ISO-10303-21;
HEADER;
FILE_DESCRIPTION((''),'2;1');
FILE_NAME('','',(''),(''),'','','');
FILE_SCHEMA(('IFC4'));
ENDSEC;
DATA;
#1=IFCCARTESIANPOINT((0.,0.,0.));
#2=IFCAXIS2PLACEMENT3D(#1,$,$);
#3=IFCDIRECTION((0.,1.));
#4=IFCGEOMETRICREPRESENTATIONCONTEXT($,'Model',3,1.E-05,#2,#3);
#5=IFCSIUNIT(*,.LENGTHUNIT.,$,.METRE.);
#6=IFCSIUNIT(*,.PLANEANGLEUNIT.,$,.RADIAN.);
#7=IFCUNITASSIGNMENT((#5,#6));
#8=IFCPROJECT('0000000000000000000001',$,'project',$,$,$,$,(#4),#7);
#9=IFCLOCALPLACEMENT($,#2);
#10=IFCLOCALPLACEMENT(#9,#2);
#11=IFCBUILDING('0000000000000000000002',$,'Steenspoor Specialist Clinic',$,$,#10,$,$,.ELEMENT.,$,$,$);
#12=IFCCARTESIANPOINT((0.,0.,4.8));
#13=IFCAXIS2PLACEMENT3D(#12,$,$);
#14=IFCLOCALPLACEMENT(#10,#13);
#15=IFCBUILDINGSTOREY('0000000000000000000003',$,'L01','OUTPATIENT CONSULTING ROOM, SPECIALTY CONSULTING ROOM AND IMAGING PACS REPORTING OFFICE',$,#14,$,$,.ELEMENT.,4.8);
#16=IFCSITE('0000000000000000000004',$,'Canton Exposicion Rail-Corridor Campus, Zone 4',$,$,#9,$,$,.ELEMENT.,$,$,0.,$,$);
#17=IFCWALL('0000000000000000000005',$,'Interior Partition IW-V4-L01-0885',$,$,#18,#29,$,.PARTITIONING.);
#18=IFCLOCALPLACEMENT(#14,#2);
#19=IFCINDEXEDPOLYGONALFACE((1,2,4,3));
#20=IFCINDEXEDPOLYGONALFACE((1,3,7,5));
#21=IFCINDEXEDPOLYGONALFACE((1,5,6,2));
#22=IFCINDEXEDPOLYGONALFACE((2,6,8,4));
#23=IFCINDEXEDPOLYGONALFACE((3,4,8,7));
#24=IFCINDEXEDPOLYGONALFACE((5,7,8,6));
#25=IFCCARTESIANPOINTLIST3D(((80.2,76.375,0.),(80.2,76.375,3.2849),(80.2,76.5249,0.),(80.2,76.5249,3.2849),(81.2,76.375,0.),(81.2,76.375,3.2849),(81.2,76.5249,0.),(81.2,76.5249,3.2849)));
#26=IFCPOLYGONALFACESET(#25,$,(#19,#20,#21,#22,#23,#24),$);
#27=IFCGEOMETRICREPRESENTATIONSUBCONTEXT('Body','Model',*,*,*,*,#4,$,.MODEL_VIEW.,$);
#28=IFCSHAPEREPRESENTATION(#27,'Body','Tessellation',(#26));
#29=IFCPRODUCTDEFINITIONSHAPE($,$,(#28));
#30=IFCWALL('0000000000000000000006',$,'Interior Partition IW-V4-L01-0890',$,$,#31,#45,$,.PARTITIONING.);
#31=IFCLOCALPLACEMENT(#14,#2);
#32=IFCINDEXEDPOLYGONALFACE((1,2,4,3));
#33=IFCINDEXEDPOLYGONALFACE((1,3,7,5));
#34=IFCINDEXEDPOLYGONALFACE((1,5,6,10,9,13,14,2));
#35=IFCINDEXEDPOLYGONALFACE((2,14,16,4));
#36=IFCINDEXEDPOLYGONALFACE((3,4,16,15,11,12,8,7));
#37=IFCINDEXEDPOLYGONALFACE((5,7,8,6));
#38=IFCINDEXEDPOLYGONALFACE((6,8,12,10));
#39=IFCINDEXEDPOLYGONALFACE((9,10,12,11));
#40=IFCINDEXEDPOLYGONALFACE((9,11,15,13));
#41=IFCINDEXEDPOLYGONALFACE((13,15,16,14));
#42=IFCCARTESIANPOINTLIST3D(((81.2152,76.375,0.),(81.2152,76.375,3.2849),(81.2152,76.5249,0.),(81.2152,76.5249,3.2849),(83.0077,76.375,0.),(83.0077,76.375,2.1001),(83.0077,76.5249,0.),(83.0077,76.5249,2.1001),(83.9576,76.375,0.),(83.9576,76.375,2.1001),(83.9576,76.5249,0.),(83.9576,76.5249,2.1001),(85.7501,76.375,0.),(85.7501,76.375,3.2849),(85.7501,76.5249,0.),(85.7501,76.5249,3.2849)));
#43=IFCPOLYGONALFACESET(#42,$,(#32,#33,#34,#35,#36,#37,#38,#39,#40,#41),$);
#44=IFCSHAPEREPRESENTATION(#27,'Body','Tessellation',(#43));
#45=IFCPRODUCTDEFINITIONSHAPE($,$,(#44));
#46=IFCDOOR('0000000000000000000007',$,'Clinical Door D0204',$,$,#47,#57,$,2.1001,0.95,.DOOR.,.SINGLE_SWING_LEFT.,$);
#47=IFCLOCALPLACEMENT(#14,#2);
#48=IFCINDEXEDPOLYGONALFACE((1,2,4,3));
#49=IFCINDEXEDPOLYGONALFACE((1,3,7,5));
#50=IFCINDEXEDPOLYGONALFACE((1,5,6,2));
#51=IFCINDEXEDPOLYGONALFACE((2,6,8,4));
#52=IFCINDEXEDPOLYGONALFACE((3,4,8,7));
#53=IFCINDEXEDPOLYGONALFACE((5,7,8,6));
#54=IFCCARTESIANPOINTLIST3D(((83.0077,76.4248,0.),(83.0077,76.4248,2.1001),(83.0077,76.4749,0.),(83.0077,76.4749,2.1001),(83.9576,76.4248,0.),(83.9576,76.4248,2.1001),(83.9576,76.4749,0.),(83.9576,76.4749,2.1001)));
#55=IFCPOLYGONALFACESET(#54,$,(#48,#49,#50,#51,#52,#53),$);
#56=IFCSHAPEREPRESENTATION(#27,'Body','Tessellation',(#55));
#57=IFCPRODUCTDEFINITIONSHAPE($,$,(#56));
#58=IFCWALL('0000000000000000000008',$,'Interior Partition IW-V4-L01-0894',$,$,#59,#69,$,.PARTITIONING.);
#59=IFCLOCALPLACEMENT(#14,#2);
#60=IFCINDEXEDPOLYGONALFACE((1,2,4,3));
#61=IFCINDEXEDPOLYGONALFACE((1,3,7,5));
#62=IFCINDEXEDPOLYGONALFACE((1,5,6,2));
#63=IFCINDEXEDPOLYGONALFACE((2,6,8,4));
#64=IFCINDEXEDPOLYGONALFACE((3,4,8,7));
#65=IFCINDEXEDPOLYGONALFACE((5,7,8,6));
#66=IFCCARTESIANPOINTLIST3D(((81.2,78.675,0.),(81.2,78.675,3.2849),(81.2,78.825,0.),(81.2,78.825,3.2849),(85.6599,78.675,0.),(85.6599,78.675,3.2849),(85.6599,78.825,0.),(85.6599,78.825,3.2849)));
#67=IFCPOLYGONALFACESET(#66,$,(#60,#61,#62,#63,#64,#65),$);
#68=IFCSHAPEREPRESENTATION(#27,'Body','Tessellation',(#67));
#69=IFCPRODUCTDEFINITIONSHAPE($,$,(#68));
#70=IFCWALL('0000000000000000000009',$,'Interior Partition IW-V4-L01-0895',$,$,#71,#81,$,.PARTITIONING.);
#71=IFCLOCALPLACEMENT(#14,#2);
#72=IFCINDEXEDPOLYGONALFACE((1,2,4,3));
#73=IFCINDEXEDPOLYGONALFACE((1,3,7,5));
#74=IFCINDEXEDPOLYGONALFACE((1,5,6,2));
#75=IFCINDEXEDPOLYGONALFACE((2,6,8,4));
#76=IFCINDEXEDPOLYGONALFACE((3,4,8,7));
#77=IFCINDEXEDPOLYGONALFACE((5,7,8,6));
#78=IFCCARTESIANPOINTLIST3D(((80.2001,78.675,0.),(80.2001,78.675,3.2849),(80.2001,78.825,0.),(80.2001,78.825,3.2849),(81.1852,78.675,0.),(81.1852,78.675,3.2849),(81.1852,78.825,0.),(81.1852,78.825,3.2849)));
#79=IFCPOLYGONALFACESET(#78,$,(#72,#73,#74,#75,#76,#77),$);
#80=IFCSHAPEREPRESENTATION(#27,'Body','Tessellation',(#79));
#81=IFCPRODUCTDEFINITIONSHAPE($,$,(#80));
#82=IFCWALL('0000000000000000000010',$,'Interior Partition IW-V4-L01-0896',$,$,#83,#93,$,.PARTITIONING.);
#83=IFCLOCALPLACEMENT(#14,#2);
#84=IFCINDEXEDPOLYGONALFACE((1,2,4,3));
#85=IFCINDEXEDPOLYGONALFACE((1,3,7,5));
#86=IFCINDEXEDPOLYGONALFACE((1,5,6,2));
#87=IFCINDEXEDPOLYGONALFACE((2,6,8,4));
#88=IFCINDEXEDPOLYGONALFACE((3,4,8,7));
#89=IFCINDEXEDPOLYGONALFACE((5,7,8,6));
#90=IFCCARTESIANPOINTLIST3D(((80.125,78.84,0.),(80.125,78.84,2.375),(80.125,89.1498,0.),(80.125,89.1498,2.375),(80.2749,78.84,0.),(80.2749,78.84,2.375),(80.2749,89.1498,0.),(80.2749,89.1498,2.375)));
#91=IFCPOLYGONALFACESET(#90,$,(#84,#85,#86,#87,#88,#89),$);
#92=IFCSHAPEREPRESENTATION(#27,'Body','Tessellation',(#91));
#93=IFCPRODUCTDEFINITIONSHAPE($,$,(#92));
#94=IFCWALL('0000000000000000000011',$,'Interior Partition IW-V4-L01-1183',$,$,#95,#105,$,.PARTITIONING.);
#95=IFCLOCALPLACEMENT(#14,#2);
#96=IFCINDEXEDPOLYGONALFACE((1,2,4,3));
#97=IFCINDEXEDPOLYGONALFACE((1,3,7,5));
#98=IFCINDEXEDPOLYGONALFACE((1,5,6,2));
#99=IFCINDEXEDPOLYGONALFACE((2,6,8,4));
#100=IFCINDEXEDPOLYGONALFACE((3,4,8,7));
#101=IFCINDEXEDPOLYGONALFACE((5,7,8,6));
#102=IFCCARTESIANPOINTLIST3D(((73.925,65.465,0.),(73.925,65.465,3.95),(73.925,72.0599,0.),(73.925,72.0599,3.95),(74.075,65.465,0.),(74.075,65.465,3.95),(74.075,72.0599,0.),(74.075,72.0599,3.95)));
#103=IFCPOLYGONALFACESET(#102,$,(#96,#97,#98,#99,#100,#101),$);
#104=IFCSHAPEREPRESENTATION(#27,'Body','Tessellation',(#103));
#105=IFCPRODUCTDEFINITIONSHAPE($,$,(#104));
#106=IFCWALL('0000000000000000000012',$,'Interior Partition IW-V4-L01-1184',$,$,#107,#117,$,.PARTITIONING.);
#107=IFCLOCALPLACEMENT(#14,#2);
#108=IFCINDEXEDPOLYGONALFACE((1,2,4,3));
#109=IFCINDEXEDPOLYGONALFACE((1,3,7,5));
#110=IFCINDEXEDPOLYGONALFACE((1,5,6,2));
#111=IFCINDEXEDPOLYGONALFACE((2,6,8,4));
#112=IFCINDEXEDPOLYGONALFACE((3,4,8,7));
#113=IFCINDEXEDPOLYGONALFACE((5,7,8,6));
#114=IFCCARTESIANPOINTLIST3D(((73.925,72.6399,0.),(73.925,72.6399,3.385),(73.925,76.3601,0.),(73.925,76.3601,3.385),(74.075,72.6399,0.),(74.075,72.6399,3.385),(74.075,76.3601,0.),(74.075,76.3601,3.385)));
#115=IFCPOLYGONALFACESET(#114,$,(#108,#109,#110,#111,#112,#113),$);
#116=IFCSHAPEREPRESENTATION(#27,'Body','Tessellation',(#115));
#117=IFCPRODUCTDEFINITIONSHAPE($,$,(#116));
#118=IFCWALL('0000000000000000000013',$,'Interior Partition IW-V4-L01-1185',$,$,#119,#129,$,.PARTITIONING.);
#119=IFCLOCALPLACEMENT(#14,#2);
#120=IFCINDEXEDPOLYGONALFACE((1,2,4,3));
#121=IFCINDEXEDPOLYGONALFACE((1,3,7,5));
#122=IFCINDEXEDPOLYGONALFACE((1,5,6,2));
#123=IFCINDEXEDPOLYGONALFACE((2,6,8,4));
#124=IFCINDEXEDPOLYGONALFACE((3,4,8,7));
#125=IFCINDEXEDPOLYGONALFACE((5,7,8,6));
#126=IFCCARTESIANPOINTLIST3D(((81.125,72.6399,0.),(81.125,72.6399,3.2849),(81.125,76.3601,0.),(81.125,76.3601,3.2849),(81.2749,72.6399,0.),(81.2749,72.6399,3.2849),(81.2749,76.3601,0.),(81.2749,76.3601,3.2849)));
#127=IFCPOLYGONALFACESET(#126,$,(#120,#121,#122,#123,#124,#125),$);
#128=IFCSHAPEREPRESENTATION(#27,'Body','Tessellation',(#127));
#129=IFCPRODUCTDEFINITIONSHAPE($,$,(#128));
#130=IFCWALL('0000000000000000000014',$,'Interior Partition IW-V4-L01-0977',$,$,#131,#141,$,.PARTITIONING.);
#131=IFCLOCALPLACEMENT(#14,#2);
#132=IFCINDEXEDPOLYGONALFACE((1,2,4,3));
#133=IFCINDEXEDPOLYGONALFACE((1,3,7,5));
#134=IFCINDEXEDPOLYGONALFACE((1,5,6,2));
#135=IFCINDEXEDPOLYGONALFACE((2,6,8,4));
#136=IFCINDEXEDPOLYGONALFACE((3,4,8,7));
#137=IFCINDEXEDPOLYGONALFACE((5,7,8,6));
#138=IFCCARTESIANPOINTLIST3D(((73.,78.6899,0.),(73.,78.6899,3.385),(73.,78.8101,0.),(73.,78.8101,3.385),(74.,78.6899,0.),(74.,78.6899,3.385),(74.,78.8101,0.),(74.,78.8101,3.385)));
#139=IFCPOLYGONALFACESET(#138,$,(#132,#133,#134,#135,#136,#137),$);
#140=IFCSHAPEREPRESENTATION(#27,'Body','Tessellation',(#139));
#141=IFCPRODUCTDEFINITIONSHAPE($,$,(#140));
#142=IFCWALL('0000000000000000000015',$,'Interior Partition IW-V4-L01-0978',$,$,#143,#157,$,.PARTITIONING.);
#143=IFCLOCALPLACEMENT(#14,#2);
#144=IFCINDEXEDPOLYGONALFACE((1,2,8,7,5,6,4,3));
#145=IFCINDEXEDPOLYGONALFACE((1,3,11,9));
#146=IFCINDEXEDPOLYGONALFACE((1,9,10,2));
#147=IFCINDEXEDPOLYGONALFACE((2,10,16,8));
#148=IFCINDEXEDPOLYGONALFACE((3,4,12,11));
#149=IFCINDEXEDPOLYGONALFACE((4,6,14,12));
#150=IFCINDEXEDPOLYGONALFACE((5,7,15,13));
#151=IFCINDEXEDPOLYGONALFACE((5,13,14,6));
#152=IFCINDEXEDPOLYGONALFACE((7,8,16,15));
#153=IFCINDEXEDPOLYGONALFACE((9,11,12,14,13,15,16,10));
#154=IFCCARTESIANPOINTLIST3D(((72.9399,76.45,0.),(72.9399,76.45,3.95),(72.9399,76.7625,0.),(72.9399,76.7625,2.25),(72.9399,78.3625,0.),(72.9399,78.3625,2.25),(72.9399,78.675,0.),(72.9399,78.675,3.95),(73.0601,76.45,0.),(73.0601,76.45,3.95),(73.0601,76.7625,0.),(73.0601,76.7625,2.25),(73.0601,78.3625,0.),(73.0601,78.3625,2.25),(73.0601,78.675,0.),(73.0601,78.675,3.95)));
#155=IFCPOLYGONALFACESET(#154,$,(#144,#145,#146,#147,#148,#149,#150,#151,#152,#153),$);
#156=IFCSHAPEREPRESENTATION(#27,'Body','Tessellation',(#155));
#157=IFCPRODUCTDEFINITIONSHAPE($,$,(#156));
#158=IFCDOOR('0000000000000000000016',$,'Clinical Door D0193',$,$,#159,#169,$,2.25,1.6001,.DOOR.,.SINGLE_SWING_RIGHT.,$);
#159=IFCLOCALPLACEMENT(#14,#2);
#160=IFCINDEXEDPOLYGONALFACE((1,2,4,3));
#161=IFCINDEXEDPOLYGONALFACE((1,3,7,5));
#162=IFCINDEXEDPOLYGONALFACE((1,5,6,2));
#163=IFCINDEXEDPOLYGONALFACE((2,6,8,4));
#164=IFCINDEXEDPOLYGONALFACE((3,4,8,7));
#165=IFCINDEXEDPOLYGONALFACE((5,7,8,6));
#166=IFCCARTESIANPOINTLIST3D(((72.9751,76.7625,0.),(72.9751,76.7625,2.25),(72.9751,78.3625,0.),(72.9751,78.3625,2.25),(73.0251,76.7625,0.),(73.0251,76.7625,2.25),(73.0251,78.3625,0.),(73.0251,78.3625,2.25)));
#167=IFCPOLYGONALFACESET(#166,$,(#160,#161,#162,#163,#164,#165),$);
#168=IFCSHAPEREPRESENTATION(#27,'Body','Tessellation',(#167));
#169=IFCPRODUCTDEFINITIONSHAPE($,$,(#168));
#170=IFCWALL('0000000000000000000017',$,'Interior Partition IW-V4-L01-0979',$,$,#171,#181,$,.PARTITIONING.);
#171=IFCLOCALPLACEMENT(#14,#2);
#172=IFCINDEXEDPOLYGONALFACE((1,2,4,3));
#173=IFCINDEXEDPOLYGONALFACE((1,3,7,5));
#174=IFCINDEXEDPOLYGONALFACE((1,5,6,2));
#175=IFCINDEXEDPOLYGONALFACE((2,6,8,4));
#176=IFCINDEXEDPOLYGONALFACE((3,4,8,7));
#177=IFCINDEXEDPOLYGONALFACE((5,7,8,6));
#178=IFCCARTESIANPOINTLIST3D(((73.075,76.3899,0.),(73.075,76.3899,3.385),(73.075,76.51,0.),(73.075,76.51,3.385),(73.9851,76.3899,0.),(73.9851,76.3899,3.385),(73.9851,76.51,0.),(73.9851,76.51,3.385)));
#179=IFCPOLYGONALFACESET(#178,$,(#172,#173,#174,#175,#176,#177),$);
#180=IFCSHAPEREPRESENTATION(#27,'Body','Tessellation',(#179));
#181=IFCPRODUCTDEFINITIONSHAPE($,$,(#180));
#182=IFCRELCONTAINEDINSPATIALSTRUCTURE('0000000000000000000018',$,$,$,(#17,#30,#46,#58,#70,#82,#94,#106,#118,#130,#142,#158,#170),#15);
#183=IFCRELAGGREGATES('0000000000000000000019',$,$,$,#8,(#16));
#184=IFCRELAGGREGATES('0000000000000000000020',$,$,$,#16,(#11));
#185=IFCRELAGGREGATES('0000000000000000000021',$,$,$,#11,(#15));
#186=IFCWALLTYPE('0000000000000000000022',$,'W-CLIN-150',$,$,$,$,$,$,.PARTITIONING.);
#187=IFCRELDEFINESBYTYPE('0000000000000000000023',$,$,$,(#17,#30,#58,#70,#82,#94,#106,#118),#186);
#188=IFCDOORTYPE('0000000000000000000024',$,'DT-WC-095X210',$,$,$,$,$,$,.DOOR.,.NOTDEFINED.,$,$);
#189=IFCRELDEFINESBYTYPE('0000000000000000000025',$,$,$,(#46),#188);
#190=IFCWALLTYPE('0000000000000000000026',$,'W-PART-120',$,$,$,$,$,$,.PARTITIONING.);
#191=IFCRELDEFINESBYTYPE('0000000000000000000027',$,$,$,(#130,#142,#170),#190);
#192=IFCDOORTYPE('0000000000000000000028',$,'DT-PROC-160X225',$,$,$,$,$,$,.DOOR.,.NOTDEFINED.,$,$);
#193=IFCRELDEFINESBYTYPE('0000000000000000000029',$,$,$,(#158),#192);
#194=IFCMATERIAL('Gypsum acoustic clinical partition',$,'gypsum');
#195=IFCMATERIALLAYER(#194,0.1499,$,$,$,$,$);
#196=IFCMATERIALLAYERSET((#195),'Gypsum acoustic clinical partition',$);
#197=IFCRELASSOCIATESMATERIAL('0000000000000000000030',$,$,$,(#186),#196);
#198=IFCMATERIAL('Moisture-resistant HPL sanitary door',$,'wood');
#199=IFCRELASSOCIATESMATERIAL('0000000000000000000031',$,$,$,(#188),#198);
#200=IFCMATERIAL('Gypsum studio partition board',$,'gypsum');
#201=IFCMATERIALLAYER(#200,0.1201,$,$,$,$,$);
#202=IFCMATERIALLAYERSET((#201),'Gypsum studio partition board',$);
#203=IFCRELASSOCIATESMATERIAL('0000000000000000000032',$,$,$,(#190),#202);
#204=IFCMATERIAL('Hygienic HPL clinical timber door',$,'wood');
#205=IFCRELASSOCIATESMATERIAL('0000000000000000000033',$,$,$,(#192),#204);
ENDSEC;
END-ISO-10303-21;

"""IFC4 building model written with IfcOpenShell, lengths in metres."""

from ifc_helpers import new_model, si_unit, direction, frame, frame_2d, origin, place, context, subcontext, project, spatial, rectangle, extrude, material, layer, layer_set, type_object, element, fill, save


model = new_model("IFC4")

# Units and contexts
model_context = context("Model", 3, precision=1e-05, world=origin(), true_north=direction((0.0, 1.0)))
body_context = subcontext(model_context, "Body", "Model", "MODEL_VIEW")
ifc_project = project(units=[si_unit("LENGTHUNIT", "METRE"), si_unit("PLANEANGLEUNIT", "RADIAN")], contexts=[model_context])

# Site, building, storey
site_placement = place(None, origin())
site = spatial("IfcSite", under=ifc_project, at=site_placement, Name="Canton Exposicion Rail-Corridor Campus, Zone 4", CompositionType="ELEMENT", RefElevation=0.0)
building_placement = place(site_placement, origin())
building = spatial("IfcBuilding", under=site, at=building_placement, Name="Steenspoor Specialist Clinic", CompositionType="ELEMENT")
storey_placement = place(building_placement, frame((0.0, 0.0, 4.8)))
storey = spatial("IfcBuildingStorey", under=building, at=storey_placement, Name="L01", Description="OUTPATIENT CONSULTING ROOM, SPECIALTY CONSULTING ROOM AND IMAGING PACS REPORTING OFFICE", CompositionType="ELEMENT", Elevation=4.8)

# Shared definitions
ifc_material_1 = material(Name="Gypsum acoustic clinical partition", Category="gypsum")
ifc_layer_1 = layer(ifc_material_1, 0.1499)
ifc_layer_set_1 = layer_set([ifc_layer_1], Name="Gypsum acoustic clinical partition")
wall_type_1 = type_object("IfcWallType", Name="W-CLIN-150", PredefinedType="PARTITIONING", material=ifc_layer_set_1)
ifc_material_2 = material(Name="Hygienic HPL clinical timber door", Category="wood")

# Wall
wall_1_placement = place(storey_placement, frame((80.2, 76.45, 0.0), z_axis=(0.0, 0.0, 1.0), x_axis=(1.0, 0.0, 0.0)))
element("IfcWall", 1, at=wall_1_placement, inside=storey, type_object=wall_type_1, Name="Interior Partition IW-V4-L01-0885", PredefinedType="PARTITIONING", context=body_context, shape_type="SweptSolid", body=[
    extrude(rectangle(XDim=1.0, YDim=0.1499, at=frame_2d((0.5, 0.0))), origin(), (0.0, 0.0, 1.0), 3.2849),
])

# Wall, opening, door
wall_2_placement = place(storey_placement, frame((81.2151, 76.45, 0.0), z_axis=(0.0, 0.0, 1.0), x_axis=(1.0, 0.0, 0.0)))
wall_2 = element("IfcWall", 2, at=wall_2_placement, inside=storey, type_object=wall_type_1, Name="Interior Partition IW-V4-L01-0890", PredefinedType="PARTITIONING", context=body_context, shape_type="SweptSolid", body=[
    extrude(rectangle(XDim=4.5349, YDim=0.1499, at=frame_2d((2.2676, 0.0))), origin(), (0.0, 0.0, 1.0), 3.2849),
])
opening_1_placement = place(wall_2_placement, frame((1.7925, 0.0, 0.0)))
opening_1 = element("IfcOpeningElement", 3, at=opening_1_placement, cuts=wall_2, PredefinedType="OPENING", context=body_context, shape_type="SweptSolid", body=[
    extrude(rectangle(XDim=0.95, YDim=2.1001, at=frame_2d((0.4751, 1.05))), frame((0.0, 0.085, 0.0), z_axis=(0.0, -1.0, 0.0), x_axis=(1.0, 0.0, 0.0)), (0.0, 0.0, 1.0), 0.1699),
])
ifc_material_3 = material(Name="Moisture-resistant HPL sanitary door", Category="wood")
door_type_1 = type_object("IfcDoorType", Name="DT-WC-095X210", OperationType="NOTDEFINED", PredefinedType="DOOR", material=ifc_material_3)
door_1_placement = place(opening_1_placement, origin())
door_1 = element("IfcDoor", 4, at=door_1_placement, inside=storey, type_object=door_type_1, Name="Clinical Door D0204", OperationType="SINGLE_SWING_LEFT", OverallHeight=2.1001, OverallWidth=0.95, PredefinedType="DOOR", context=body_context, shape_type="SweptSolid", body=[
    extrude(rectangle(XDim=0.95, YDim=2.1001, at=frame_2d((0.4751, 1.05))), frame((0.0, 0.0249, 0.0), z_axis=(0.0, -1.0, 0.0), x_axis=(1.0, 0.0, 0.0)), (0.0, 0.0, 1.0), 0.05),
])
fill(opening_1, door_1)

# Walls
wall_3_placement = place(storey_placement, frame((81.2, 78.75, 0.0), z_axis=(0.0, 0.0, 1.0), x_axis=(1.0, 0.0, 0.0)))
element("IfcWall", 5, at=wall_3_placement, inside=storey, type_object=wall_type_1, Name="Interior Partition IW-V4-L01-0894", PredefinedType="PARTITIONING", context=body_context, shape_type="SweptSolid", body=[
    extrude(rectangle(XDim=4.46, YDim=0.1499, at=frame_2d((2.23, 0.0))), origin(), (0.0, 0.0, 1.0), 3.2849),
])
wall_4_placement = place(storey_placement, frame((80.2, 78.75, 0.0), z_axis=(0.0, 0.0, 1.0), x_axis=(1.0, 0.0, 0.0)))
element("IfcWall", 6, at=wall_4_placement, inside=storey, type_object=wall_type_1, Name="Interior Partition IW-V4-L01-0895", PredefinedType="PARTITIONING", context=body_context, shape_type="SweptSolid", body=[
    extrude(rectangle(XDim=0.9851, YDim=0.1499, at=frame_2d((0.4927, 0.0))), origin(), (0.0, 0.0, 1.0), 3.2849),
])
wall_5_placement = place(storey_placement, frame((80.2, 78.8401, 0.0), z_axis=(0.0, 0.0, 1.0), x_axis=(0.0, 1.0, 0.0)))
element("IfcWall", 7, at=wall_5_placement, inside=storey, type_object=wall_type_1, Name="Interior Partition IW-V4-L01-0896", PredefinedType="PARTITIONING", context=body_context, shape_type="SweptSolid", body=[
    extrude(rectangle(XDim=10.3098, YDim=0.1499, at=frame_2d((5.1548, 0.0))), origin(), (0.0, 0.0, 1.0), 2.375),
])
wall_6_placement = place(storey_placement, frame((74.0, 65.4651, 0.0), z_axis=(0.0, 0.0, 1.0), x_axis=(0.0, 1.0, 0.0)))
element("IfcWall", 8, at=wall_6_placement, inside=storey, type_object=wall_type_1, Name="Interior Partition IW-V4-L01-1183", PredefinedType="PARTITIONING", context=body_context, shape_type="SweptSolid", body=[
    extrude(rectangle(XDim=6.595, YDim=0.1499, at=frame_2d((3.2974, 0.0))), origin(), (0.0, 0.0, 1.0), 3.95),
])
wall_7_placement = place(storey_placement, frame((74.0, 72.6399, 0.0), z_axis=(0.0, 0.0, 1.0), x_axis=(0.0, 1.0, 0.0)))
element("IfcWall", 9, at=wall_7_placement, inside=storey, type_object=wall_type_1, Name="Interior Partition IW-V4-L01-1184", PredefinedType="PARTITIONING", context=body_context, shape_type="SweptSolid", body=[
    extrude(rectangle(XDim=3.7202, YDim=0.1499, at=frame_2d((1.8601, 0.0))), origin(), (0.0, 0.0, 1.0), 3.385),
])
wall_8_placement = place(storey_placement, frame((81.2, 72.6399, 0.0), z_axis=(0.0, 0.0, 1.0), x_axis=(0.0, 1.0, 0.0)))
element("IfcWall", 10, at=wall_8_placement, inside=storey, type_object=wall_type_1, Name="Interior Partition IW-V4-L01-1185", PredefinedType="PARTITIONING", context=body_context, shape_type="SweptSolid", body=[
    extrude(rectangle(XDim=3.7202, YDim=0.1499, at=frame_2d((1.8601, 0.0))), origin(), (0.0, 0.0, 1.0), 3.2849),
])
ifc_material_4 = material(Name="Gypsum studio partition board", Category="gypsum")
ifc_layer_2 = layer(ifc_material_4, 0.1201)
ifc_layer_set_2 = layer_set([ifc_layer_2], Name="Gypsum studio partition board")
wall_type_2 = type_object("IfcWallType", Name="W-PART-120", PredefinedType="PARTITIONING", material=ifc_layer_set_2)
wall_9_placement = place(storey_placement, frame((73.0, 78.75, 0.0), z_axis=(0.0, 0.0, 1.0), x_axis=(1.0, 0.0, 0.0)))
element("IfcWall", 11, at=wall_9_placement, inside=storey, type_object=wall_type_2, Name="Interior Partition IW-V4-L01-0977", PredefinedType="PARTITIONING", context=body_context, shape_type="SweptSolid", body=[
    extrude(rectangle(XDim=1.0, YDim=0.1201, at=frame_2d((0.5, 0.0))), origin(), (0.0, 0.0, 1.0), 3.385),
])

# Wall, opening, door
wall_10_placement = place(storey_placement, frame((73.0, 76.45, 0.0), z_axis=(0.0, 0.0, 1.0), x_axis=(0.0, 1.0, 0.0)))
wall_10 = element("IfcWall", 12, at=wall_10_placement, inside=storey, type_object=wall_type_2, Name="Interior Partition IW-V4-L01-0978", PredefinedType="PARTITIONING", context=body_context, shape_type="SweptSolid", body=[
    extrude(rectangle(XDim=2.2251, YDim=0.1201, at=frame_2d((1.1125, 0.0))), origin(), (0.0, 0.0, 1.0), 3.95),
])
opening_2_placement = place(wall_10_placement, frame((0.3125, 0.0, 0.0)))
opening_2 = element("IfcOpeningElement", 13, at=opening_2_placement, cuts=wall_10, PredefinedType="OPENING", context=body_context, shape_type="SweptSolid", body=[
    extrude(rectangle(XDim=1.6001, YDim=2.25, at=frame_2d((0.8, 1.125))), frame((0.0, 0.0701, 0.0), z_axis=(0.0, -1.0, 0.0), x_axis=(1.0, 0.0, 0.0)), (0.0, 0.0, 1.0), 0.1401),
])
door_type_2 = type_object("IfcDoorType", Name="DT-PROC-160X225", OperationType="NOTDEFINED", PredefinedType="DOOR", material=ifc_material_2)
door_2_placement = place(opening_2_placement, origin())
door_2 = element("IfcDoor", 14, at=door_2_placement, inside=storey, type_object=door_type_2, Name="Clinical Door D0193", OperationType="SINGLE_SWING_RIGHT", OverallHeight=2.25, OverallWidth=1.6001, PredefinedType="DOOR", context=body_context, shape_type="SweptSolid", body=[
    extrude(rectangle(XDim=1.6001, YDim=2.25, at=frame_2d((0.8, 1.125))), frame((0.0, 0.0249, 0.0), z_axis=(0.0, -1.0, 0.0), x_axis=(1.0, 0.0, 0.0)), (0.0, 0.0, 1.0), 0.05),
])
fill(opening_2, door_2)

# Wall
wall_11_placement = place(storey_placement, frame((73.075, 76.45, 0.0), z_axis=(0.0, 0.0, 1.0), x_axis=(1.0, 0.0, 0.0)))
element("IfcWall", 15, at=wall_11_placement, inside=storey, type_object=wall_type_2, Name="Interior Partition IW-V4-L01-0979", PredefinedType="PARTITIONING", context=body_context, shape_type="SweptSolid", body=[
    extrude(rectangle(XDim=0.9102, YDim=0.1201, at=frame_2d((0.4551, 0.0))), origin(), (0.0, 0.0, 1.0), 3.385),
])

save(model, "model.ifc")
